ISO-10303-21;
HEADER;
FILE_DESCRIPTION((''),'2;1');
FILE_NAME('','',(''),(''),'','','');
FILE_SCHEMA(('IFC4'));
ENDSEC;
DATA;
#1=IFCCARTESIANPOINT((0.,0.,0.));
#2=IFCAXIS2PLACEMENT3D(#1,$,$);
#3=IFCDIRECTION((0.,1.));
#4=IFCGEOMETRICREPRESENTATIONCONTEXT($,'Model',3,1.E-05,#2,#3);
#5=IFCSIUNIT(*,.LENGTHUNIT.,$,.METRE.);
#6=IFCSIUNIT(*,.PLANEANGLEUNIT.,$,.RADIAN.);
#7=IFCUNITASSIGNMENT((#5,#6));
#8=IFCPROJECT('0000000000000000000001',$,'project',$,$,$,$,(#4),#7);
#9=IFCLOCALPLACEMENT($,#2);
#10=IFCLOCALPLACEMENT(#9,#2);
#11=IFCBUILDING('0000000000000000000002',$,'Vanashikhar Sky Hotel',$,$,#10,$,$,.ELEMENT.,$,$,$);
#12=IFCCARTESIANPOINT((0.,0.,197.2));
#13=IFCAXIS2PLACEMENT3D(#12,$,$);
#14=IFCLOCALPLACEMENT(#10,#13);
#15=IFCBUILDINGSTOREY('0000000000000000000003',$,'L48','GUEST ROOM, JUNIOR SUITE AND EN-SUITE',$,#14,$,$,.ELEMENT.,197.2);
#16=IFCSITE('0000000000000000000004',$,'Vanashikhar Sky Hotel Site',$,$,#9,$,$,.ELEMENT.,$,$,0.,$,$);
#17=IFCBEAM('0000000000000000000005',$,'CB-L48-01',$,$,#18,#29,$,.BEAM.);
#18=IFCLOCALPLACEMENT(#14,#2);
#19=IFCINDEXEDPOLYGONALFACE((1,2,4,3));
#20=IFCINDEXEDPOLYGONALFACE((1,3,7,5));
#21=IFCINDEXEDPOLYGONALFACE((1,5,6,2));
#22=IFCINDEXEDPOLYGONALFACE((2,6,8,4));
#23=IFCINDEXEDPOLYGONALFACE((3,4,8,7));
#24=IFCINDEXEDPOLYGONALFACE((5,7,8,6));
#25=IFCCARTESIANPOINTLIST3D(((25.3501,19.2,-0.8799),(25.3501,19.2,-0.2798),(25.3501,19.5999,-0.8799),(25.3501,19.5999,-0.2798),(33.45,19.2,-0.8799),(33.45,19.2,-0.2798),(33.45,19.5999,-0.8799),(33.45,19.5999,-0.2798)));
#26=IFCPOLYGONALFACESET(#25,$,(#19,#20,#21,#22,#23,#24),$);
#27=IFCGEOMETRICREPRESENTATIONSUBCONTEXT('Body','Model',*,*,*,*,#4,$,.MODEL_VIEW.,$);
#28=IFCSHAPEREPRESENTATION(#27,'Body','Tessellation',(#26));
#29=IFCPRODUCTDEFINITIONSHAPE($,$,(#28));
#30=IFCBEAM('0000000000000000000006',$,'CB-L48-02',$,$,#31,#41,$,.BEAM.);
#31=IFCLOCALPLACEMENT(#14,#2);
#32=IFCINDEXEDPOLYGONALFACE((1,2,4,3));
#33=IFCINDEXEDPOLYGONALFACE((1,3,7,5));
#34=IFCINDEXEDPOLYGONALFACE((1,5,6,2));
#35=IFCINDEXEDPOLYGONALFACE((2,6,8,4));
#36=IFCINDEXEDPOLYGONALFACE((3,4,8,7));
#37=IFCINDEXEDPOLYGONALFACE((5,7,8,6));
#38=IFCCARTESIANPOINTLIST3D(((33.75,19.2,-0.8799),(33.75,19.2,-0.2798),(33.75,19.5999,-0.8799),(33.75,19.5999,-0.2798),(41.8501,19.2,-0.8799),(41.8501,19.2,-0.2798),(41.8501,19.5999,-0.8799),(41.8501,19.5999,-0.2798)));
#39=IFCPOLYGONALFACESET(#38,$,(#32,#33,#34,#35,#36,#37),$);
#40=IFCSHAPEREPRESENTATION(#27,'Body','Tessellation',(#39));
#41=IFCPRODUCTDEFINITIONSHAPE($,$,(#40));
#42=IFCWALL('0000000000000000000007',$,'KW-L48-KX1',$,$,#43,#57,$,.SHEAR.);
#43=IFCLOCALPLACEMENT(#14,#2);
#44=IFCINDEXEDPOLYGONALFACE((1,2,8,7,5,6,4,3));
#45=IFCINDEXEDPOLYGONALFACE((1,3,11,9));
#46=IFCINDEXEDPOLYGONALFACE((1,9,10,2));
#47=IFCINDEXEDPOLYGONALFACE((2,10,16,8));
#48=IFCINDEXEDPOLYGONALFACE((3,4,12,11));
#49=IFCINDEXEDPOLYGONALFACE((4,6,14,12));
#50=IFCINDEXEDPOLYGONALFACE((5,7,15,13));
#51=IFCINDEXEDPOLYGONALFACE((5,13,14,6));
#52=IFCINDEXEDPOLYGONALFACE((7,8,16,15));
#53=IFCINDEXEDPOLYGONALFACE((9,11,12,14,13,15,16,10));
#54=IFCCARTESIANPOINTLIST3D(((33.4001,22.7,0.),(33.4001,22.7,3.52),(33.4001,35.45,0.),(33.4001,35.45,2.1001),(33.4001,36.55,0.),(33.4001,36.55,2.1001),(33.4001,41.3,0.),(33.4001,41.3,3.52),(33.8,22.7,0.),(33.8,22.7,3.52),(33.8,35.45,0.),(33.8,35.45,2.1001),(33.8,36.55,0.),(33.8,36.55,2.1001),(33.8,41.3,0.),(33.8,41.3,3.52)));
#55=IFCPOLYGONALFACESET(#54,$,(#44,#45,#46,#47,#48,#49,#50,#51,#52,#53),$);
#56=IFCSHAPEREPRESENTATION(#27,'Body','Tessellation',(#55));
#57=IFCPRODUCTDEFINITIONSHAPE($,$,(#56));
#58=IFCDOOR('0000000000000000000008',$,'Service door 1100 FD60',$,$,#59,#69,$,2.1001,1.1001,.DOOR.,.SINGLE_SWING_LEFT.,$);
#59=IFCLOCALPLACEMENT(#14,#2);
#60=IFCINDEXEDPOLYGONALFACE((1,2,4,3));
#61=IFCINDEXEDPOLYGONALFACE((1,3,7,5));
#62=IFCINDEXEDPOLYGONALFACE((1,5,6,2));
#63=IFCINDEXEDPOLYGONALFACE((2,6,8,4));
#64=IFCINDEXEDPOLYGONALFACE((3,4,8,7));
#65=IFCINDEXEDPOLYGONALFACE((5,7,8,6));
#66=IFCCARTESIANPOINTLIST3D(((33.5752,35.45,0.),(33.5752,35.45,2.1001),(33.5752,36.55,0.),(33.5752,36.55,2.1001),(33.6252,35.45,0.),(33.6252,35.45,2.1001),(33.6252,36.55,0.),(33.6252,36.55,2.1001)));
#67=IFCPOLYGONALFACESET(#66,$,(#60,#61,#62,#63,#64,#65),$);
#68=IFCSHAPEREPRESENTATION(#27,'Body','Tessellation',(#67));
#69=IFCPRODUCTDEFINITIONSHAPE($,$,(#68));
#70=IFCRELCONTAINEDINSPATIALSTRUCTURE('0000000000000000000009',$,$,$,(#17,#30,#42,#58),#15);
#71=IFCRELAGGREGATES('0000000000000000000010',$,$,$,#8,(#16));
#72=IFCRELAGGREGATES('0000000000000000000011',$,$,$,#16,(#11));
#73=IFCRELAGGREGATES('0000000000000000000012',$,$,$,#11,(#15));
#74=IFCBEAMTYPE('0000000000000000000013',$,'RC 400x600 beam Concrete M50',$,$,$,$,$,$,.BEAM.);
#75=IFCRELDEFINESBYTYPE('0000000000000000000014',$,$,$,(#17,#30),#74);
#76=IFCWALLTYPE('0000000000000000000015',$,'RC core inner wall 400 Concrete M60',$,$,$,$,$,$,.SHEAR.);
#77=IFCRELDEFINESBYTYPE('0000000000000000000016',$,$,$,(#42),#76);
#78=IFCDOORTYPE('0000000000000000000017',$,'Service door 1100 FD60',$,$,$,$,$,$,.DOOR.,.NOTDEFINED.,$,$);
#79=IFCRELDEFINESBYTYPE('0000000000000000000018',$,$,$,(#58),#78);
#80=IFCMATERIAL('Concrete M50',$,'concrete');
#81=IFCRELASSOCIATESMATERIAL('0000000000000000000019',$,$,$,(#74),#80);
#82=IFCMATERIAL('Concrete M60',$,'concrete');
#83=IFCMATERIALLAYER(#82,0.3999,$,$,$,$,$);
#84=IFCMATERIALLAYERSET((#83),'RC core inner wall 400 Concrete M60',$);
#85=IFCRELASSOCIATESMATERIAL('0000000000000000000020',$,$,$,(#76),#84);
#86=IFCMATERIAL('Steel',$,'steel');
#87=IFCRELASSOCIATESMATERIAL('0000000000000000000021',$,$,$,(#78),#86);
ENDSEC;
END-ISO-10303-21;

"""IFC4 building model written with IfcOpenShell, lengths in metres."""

from ifc_helpers import new_model, si_unit, direction, frame, frame_2d, origin, origin_2d, place, context, subcontext, project, spatial, rectangle, extrude, source, transform, mapped, material, layer, layer_set, material_profile, profile_set, type_object, element, fill, save


model = new_model("IFC4")

# Units and contexts
model_context = context("Model", 3, precision=1e-05, world=origin(), true_north=direction((0.0, 1.0)))
body_context = subcontext(model_context, "Body", "Model", "MODEL_VIEW")
ifc_project = project(units=[si_unit("LENGTHUNIT", "METRE"), si_unit("PLANEANGLEUNIT", "RADIAN")], contexts=[model_context])

# Site, building, storey
site_placement = place(None, origin())
site = spatial("IfcSite", under=ifc_project, at=site_placement, Name="Vanashikhar Sky Hotel Site", CompositionType="ELEMENT", RefElevation=0.0)
building_placement = place(site_placement, origin())
building = spatial("IfcBuilding", under=site, at=building_placement, Name="Vanashikhar Sky Hotel", CompositionType="ELEMENT")
storey_placement = place(building_placement, frame((0.0, 0.0, 197.2)))
storey = spatial("IfcBuildingStorey", under=building, at=storey_placement, Name="L48", Description="GUEST ROOM, JUNIOR SUITE AND EN-SUITE", CompositionType="ELEMENT", Elevation=197.2)

# Beams
ifc_material_1 = material(Name="Concrete M50", Category="concrete")
ifc_material_profile = material_profile(ifc_material_1, rectangle(XDim=0.3999, YDim=0.6001, at=origin_2d()))
ifc_profile_set = profile_set([ifc_material_profile], Name="RC 400x600 beam Concrete M50")
beam_type = type_object("IfcBeamType", Name="RC 400x600 beam Concrete M50", PredefinedType="BEAM", material=ifc_profile_set)
shared_shape_1 = source(origin(), body_context, "Body", "SweptSolid", [
    extrude(rectangle(XDim=0.3999, YDim=0.6001, at=origin_2d()), origin(), (0.0, 0.0, 1.0), 8.0999),
])
beam_1_placement = place(storey_placement, frame((25.3501, 19.3999, -0.5798), z_axis=(1.0, 0.0, 0.0), x_axis=(0.0, 1.0, 0.0)))
element("IfcBeam", 1, at=beam_1_placement, inside=storey, type_object=beam_type, Name="CB-L48-01", PredefinedType="BEAM", context=body_context, shape_type="MappedRepresentation", body=[
    mapped(shared_shape_1, transform((0.0, 0.0, 0.0), scale=1.0)),
])
shared_shape_2 = source(origin(), body_context, "Body", "SweptSolid", [
    extrude(rectangle(XDim=0.3999, YDim=0.6001, at=origin_2d()), origin(), (0.0, 0.0, 1.0), 8.1001),
])
beam_2_placement = place(storey_placement, frame((33.75, 19.3999, -0.5798), z_axis=(1.0, 0.0, 0.0), x_axis=(0.0, 1.0, 0.0)))
element("IfcBeam", 2, at=beam_2_placement, inside=storey, type_object=beam_type, Name="CB-L48-02", PredefinedType="BEAM", context=body_context, shape_type="MappedRepresentation", body=[
    mapped(shared_shape_2, transform((0.0, 0.0, 0.0), scale=1.0)),
])

# Wall, opening, door
ifc_material_2 = material(Name="Concrete M60", Category="concrete")
ifc_layer_1 = layer(ifc_material_2, 0.3999)
ifc_layer_set_1 = layer_set([ifc_layer_1], Name="RC core inner wall 400 Concrete M60")
wall_type_1 = type_object("IfcWallType", Name="RC core inner wall 400 Concrete M60", PredefinedType="SHEAR", material=ifc_layer_set_1)
shared_shape_3 = source(origin(), body_context, "Body", "SweptSolid", [
    extrude(rectangle(XDim=18.6001, YDim=0.3999, at=frame_2d((9.3, 0.0))), origin(), (0.0, 0.0, 1.0), 3.52),
])
wall_1_placement = place(storey_placement, frame((33.6001, 22.7, 0.0), z_axis=(0.0, 0.0, 1.0), x_axis=(0.0, 1.0, 0.0)))
wall_1 = element("IfcWall", 3, at=wall_1_placement, inside=storey, type_object=wall_type_1, Name="KW-L48-KX1", PredefinedType="SHEAR", context=body_context, shape_type="MappedRepresentation", body=[
    mapped(shared_shape_3, transform((0.0, 0.0, 0.0), scale=1.0)),
])
shared_shape_4 = source(origin(), body_context, "Body", "SweptSolid", [
    extrude(rectangle(XDim=1.1001, YDim=2.1001, at=frame_2d((0.55, 1.05))), frame((0.0, 0.21, 0.0), z_axis=(0.0, -1.0, 0.0), x_axis=(1.0, 0.0, 0.0)), (0.0, 0.0, 1.0), 0.4199),
])
opening_1_placement = place(wall_1_placement, frame((12.75, 0.0, 0.0)))
opening_1 = element("IfcOpeningElement", 4, at=opening_1_placement, cuts=wall_1, PredefinedType="OPENING", context=body_context, shape_type="MappedRepresentation", body=[
    mapped(shared_shape_4, transform((0.0, 0.0, 0.0), scale=1.0)),
])
ifc_material_3 = material(Name="Steel", Category="steel")
door_type_1 = type_object("IfcDoorType", Name="Service door 1100 FD60", OperationType="NOTDEFINED", PredefinedType="DOOR", material=ifc_material_3)
shared_shape_5 = source(origin(), body_context, "Body", "SweptSolid", [
    extrude(rectangle(XDim=1.1001, YDim=2.1001, at=frame_2d((0.55, 1.05))), frame((0.0, 0.0249, 0.0), z_axis=(0.0, -1.0, 0.0), x_axis=(1.0, 0.0, 0.0)), (0.0, 0.0, 1.0), 0.05),
])
door_1_placement = place(opening_1_placement, origin())
door_1 = element("IfcDoor", 5, at=door_1_placement, inside=storey, type_object=door_type_1, Name="Service door 1100 FD60", OperationType="SINGLE_SWING_LEFT", OverallHeight=2.1001, OverallWidth=1.1001, PredefinedType="DOOR", context=body_context, shape_type="MappedRepresentation", body=[
    mapped(shared_shape_5, transform((0.0, 0.0, 0.0), scale=1.0)),
])
fill(opening_1, door_1)

save(model, "model.ifc")
